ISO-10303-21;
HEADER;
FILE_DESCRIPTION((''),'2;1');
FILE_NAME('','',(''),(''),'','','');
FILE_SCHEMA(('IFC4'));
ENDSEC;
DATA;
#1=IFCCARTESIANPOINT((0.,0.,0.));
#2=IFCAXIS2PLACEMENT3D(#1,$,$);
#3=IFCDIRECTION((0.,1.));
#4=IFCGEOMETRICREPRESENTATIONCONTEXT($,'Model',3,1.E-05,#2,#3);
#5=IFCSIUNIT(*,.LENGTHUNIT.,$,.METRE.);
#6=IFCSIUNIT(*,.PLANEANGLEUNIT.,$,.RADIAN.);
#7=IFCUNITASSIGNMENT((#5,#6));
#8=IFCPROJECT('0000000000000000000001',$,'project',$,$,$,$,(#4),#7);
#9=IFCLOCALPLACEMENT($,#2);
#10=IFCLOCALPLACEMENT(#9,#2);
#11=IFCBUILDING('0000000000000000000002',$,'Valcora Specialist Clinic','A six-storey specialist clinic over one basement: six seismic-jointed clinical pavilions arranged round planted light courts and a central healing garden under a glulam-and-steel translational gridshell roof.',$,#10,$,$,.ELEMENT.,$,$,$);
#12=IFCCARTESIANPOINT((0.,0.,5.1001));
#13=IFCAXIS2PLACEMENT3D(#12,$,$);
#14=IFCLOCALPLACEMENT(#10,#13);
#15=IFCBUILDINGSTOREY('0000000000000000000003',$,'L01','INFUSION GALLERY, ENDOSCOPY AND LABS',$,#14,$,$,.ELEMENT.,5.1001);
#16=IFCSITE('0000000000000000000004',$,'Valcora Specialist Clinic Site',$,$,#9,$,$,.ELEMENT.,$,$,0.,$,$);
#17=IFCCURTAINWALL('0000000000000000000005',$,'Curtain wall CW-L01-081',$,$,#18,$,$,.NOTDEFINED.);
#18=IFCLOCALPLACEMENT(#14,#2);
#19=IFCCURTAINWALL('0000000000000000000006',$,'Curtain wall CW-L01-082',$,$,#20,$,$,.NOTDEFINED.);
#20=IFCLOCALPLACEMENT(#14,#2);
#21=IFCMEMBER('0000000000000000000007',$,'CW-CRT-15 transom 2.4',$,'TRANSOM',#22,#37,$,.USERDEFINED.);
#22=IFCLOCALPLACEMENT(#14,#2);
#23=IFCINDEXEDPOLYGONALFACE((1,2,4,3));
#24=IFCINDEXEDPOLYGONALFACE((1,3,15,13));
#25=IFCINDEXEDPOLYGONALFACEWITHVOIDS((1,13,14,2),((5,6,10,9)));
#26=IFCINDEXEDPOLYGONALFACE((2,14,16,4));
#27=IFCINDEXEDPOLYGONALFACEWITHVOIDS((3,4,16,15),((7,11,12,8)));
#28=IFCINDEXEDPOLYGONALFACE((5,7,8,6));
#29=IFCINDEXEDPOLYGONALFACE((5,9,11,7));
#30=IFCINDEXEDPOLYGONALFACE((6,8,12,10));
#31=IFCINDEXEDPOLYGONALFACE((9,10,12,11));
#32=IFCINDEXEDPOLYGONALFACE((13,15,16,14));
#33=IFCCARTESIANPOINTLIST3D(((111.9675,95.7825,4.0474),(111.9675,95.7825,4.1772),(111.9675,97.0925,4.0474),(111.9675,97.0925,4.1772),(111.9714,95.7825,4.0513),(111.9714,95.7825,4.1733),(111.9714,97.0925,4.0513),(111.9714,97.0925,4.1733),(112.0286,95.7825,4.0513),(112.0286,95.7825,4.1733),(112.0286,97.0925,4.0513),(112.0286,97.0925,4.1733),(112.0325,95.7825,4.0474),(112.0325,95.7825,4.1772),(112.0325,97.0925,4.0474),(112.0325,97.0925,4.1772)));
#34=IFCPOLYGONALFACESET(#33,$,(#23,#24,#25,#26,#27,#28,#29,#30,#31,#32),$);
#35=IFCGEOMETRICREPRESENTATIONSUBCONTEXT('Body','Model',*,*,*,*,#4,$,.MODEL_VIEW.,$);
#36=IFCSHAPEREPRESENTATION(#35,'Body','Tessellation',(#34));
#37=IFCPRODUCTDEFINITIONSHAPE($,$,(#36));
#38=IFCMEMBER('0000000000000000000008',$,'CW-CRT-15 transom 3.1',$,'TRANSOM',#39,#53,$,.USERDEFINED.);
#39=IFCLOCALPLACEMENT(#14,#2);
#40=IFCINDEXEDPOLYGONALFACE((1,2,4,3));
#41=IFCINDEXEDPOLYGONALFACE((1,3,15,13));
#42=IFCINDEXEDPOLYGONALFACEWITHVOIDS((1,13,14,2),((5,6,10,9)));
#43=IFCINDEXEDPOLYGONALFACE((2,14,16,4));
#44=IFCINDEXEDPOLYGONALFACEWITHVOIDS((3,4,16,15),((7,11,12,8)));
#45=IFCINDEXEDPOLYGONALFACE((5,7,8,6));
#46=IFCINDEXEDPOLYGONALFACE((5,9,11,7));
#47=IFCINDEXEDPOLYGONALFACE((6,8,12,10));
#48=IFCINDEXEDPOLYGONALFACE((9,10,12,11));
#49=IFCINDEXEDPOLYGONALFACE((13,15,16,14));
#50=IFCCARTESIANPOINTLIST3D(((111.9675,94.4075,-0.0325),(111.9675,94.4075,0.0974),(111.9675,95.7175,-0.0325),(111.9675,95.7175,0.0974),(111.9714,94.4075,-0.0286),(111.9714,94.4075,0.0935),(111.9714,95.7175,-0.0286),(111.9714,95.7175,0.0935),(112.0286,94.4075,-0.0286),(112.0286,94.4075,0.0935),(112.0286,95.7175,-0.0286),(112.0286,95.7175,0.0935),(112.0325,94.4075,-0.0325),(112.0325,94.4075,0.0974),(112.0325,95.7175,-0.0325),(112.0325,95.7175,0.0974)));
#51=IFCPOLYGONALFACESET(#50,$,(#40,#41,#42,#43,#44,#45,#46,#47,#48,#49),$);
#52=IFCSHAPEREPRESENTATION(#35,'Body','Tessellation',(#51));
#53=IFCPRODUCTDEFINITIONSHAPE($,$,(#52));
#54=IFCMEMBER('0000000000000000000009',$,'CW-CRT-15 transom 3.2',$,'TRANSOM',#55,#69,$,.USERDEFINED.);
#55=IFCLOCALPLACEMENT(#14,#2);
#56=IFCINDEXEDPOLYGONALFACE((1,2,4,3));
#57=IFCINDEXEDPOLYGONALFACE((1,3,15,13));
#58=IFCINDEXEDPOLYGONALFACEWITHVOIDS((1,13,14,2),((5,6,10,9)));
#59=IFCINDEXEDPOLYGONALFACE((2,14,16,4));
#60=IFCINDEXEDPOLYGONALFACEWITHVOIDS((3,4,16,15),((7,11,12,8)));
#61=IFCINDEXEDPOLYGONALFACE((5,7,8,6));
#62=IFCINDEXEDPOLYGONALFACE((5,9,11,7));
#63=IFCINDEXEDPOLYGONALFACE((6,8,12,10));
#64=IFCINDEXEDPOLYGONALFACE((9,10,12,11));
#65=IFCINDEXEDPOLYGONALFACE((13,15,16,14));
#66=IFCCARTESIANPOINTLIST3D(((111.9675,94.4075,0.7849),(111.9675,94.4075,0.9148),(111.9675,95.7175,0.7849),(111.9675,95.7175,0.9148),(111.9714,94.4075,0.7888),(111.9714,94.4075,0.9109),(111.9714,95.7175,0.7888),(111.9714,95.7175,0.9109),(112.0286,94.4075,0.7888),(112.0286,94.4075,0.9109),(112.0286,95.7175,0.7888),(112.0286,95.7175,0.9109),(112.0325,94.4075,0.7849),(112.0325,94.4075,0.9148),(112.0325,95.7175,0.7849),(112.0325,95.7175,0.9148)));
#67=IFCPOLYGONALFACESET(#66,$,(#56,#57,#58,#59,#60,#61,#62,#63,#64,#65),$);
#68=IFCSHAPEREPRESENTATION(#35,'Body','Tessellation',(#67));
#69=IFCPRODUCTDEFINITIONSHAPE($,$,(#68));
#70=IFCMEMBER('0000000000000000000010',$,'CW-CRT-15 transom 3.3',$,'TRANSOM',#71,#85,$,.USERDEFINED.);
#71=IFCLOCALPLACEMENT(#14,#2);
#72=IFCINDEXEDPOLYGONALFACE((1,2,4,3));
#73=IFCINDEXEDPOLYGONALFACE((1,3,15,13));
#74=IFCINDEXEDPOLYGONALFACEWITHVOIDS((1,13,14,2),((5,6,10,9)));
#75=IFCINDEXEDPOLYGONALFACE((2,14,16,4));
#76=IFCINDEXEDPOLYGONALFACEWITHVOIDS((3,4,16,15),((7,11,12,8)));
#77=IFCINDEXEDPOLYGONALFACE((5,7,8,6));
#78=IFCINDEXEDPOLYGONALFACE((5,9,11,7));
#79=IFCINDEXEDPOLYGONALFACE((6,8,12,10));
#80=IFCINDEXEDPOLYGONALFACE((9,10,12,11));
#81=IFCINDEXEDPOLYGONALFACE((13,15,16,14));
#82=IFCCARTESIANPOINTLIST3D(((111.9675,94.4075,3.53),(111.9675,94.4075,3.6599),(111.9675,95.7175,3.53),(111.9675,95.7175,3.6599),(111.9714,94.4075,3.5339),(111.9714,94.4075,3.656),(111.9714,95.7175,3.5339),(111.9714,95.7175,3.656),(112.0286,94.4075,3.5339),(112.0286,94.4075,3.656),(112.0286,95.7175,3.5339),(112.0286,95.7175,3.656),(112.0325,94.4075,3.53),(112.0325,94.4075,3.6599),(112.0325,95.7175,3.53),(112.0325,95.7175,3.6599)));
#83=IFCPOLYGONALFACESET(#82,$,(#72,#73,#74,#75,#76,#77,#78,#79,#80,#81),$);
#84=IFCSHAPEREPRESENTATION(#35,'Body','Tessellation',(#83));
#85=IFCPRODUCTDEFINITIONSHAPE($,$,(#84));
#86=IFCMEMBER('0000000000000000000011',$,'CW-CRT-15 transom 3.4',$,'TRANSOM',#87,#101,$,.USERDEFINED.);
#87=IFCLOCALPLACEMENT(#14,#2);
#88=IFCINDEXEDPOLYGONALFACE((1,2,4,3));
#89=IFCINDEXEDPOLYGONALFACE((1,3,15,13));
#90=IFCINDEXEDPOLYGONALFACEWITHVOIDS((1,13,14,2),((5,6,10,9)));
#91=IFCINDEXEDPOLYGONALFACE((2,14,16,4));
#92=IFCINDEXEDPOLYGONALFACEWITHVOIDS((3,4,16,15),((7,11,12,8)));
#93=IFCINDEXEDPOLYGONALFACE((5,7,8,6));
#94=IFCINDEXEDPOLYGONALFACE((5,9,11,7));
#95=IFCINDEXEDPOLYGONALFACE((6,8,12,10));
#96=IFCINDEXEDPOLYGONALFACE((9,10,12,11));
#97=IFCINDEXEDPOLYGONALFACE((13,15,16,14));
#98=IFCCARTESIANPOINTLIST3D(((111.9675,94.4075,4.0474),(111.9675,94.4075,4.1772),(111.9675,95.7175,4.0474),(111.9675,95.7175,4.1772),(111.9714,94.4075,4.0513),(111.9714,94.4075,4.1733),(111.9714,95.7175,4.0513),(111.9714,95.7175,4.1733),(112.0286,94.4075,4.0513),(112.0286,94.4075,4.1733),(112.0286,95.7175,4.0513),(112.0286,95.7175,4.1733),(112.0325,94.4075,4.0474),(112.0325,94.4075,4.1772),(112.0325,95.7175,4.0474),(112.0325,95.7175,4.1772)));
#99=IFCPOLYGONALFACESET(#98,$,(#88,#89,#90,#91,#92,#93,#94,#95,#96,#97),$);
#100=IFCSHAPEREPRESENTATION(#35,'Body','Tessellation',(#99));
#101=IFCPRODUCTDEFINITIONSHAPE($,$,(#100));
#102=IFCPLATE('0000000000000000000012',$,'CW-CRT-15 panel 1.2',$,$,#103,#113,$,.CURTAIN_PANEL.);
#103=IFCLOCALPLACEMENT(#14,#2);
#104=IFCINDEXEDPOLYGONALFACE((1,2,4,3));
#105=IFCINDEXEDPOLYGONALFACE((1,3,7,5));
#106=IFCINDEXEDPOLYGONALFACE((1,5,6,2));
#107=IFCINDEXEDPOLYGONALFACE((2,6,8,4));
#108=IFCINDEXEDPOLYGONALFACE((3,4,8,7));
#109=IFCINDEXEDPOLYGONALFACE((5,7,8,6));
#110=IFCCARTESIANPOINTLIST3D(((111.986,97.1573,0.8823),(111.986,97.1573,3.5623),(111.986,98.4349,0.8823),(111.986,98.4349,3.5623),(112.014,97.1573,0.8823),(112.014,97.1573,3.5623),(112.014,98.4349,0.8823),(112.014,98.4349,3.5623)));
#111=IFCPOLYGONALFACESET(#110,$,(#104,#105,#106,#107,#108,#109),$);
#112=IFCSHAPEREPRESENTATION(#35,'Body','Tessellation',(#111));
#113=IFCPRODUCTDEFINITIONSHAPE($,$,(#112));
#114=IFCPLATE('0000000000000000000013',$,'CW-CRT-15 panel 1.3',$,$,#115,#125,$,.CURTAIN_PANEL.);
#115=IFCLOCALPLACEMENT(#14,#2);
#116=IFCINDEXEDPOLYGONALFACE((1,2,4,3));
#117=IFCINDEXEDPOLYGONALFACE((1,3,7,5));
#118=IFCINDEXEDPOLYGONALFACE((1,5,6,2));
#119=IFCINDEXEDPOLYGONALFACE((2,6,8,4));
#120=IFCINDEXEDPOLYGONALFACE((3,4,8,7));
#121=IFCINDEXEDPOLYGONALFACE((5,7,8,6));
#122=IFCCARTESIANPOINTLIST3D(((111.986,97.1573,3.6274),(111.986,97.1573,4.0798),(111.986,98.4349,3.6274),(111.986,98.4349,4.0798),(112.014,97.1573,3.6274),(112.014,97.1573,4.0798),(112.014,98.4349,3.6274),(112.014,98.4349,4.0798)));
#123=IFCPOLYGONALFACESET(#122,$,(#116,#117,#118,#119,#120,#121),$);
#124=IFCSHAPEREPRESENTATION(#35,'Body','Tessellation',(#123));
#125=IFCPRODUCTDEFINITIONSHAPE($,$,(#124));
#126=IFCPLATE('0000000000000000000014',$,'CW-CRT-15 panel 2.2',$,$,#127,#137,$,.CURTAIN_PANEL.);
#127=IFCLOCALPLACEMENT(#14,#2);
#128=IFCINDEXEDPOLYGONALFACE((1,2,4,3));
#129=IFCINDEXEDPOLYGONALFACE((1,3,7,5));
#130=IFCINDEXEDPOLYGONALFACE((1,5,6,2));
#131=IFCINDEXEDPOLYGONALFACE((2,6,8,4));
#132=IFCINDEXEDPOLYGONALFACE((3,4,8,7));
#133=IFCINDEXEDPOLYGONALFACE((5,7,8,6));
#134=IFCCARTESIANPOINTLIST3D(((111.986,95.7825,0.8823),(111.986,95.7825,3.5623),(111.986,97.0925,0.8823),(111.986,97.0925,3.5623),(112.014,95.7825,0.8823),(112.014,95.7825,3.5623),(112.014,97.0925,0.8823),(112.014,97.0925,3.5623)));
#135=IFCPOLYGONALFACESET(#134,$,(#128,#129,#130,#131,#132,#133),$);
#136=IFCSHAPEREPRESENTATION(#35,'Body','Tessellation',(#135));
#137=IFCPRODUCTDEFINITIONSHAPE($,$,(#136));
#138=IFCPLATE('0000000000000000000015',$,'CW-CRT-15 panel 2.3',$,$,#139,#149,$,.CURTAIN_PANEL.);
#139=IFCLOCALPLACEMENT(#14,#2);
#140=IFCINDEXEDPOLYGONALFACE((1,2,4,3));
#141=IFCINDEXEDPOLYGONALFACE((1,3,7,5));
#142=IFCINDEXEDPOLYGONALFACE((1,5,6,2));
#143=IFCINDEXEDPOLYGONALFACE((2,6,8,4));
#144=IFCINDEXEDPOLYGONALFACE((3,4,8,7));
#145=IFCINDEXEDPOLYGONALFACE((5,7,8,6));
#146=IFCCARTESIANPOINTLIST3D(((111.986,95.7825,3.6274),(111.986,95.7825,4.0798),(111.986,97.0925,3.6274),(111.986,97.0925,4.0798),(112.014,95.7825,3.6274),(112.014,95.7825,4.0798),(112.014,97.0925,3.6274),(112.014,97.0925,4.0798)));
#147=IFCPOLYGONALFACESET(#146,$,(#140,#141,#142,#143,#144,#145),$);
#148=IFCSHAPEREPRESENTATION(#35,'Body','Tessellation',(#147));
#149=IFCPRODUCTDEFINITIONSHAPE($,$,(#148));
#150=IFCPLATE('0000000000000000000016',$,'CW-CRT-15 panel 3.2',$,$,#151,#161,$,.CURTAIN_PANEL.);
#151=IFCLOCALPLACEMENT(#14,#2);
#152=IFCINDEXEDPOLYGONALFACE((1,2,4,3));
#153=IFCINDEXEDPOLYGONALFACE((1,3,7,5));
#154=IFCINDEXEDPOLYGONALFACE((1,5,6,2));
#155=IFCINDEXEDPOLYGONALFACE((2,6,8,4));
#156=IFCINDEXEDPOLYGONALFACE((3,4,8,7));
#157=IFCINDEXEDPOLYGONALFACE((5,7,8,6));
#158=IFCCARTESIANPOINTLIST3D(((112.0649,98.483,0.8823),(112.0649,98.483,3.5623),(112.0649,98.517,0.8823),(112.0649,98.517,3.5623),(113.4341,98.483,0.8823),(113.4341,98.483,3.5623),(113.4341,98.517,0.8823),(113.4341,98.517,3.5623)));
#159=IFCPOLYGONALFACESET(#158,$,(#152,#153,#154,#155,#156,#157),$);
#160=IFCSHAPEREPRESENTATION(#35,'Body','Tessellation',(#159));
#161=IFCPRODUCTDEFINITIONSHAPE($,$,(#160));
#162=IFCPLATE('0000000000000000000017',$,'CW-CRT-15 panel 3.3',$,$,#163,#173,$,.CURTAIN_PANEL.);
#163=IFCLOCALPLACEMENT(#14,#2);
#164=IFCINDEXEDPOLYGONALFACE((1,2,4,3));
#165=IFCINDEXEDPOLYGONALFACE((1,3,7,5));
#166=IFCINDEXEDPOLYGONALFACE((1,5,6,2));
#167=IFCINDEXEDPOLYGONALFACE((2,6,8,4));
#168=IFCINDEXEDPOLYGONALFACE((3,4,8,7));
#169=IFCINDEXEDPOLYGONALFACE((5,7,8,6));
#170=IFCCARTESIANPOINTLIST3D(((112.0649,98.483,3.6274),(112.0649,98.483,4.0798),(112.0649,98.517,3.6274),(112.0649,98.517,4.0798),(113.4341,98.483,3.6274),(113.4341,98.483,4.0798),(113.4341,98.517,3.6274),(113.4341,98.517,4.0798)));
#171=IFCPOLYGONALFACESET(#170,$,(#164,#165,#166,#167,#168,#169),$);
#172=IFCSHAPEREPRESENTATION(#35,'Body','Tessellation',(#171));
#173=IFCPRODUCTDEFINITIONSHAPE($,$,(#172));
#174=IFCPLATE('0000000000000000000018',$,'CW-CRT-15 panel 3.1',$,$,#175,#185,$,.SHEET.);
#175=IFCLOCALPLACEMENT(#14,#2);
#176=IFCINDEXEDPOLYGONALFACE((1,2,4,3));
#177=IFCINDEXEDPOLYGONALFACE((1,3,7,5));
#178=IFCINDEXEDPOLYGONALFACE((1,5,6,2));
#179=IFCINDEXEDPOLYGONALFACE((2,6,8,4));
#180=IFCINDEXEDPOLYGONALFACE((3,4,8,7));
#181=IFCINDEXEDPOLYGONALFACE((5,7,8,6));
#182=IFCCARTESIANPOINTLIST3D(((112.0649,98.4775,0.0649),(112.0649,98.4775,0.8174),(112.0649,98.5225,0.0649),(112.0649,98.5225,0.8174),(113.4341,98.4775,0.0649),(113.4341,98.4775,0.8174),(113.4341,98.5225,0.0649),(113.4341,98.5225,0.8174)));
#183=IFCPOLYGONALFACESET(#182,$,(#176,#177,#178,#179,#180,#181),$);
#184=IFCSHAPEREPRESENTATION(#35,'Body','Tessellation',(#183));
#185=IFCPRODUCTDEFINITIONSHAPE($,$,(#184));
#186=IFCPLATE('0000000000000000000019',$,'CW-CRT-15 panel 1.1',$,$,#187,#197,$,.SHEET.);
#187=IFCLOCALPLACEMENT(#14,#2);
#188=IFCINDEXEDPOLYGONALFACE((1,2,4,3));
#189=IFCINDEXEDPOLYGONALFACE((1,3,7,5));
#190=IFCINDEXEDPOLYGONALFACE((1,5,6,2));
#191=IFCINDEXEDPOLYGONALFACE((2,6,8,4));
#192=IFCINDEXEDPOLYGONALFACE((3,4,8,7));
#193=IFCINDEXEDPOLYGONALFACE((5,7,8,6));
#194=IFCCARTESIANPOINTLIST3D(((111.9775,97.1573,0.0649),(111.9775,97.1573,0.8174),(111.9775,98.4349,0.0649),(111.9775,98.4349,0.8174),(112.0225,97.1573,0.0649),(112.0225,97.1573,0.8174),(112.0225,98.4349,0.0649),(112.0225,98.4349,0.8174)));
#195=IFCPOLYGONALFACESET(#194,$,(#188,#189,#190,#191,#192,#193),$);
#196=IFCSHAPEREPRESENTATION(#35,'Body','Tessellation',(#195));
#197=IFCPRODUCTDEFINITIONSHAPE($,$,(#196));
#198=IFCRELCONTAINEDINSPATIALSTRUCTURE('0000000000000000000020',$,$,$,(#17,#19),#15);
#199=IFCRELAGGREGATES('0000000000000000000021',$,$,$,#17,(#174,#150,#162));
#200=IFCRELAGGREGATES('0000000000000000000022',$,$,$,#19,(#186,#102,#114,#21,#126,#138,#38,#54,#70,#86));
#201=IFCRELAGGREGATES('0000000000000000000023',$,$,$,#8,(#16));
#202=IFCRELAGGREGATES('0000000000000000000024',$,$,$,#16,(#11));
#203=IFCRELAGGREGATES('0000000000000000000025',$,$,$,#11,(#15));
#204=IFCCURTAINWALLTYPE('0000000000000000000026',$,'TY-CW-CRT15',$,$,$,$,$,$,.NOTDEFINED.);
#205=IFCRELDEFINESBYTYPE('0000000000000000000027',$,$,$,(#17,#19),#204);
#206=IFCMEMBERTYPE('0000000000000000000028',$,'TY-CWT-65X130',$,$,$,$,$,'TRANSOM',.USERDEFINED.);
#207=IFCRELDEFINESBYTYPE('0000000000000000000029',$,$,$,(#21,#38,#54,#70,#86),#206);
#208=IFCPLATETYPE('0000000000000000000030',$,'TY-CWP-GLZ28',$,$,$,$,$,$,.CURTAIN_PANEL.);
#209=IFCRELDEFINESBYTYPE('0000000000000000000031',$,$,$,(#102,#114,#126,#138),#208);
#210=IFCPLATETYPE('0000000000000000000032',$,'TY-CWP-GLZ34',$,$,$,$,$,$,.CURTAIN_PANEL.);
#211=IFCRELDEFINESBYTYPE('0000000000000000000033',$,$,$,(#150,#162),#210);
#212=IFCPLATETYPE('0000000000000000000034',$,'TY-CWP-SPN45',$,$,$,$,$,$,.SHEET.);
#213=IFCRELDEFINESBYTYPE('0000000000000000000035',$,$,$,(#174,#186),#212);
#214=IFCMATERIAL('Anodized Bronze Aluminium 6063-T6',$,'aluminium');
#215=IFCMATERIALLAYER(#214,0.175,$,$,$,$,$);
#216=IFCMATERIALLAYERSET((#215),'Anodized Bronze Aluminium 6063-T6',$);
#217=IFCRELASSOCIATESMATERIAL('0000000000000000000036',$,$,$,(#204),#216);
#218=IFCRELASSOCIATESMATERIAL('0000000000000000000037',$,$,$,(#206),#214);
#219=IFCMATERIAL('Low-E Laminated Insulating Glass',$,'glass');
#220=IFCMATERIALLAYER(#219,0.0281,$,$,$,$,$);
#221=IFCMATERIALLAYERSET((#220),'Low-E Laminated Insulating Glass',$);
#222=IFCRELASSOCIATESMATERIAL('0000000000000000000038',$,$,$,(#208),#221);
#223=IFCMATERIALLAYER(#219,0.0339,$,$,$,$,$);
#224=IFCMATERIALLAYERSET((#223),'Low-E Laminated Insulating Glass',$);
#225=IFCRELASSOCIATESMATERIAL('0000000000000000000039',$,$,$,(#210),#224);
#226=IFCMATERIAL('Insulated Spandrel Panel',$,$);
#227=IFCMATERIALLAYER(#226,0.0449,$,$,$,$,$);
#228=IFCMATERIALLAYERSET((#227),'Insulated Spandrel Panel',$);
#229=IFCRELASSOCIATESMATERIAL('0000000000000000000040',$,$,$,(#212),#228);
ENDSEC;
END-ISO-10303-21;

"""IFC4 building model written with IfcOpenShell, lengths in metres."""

from ifc_helpers import new_model, si_unit, direction, frame, origin, origin_2d, place, context, subcontext, project, spatial, rectangle, hollow_rectangle, extrude, material, layer, layer_set, material_profile, profile_set, type_object, element, aggregate, save


model = new_model("IFC4")

# Units and contexts
model_context = context("Model", 3, precision=1e-05, world=origin(), true_north=direction((0.0, 1.0)))
body_context = subcontext(model_context, "Body", "Model", "MODEL_VIEW")
ifc_project = project(units=[si_unit("LENGTHUNIT", "METRE"), si_unit("PLANEANGLEUNIT", "RADIAN")], contexts=[model_context])

# Site, building, storey
site_placement = place(None, origin())
site = spatial("IfcSite", under=ifc_project, at=site_placement, Name="Valcora Specialist Clinic Site", CompositionType="ELEMENT", RefElevation=0.0)
building_placement = place(site_placement, origin())
building = spatial("IfcBuilding", under=site, at=building_placement, Name="Valcora Specialist Clinic", Description="A six-storey specialist clinic over one basement: six seismic-jointed clinical pavilions arranged round planted light courts and a central healing garden under a glulam-and-steel translational gridshell roof.", CompositionType="ELEMENT")
storey_placement = place(building_placement, frame((0.0, 0.0, 5.1001)))
storey = spatial("IfcBuildingStorey", under=building, at=storey_placement, Name="L01", Description="INFUSION GALLERY, ENDOSCOPY AND LABS", CompositionType="ELEMENT", Elevation=5.1001)

# Curtain wall
ifc_material_1 = material(Name="Anodized Bronze Aluminium 6063-T6", Category="aluminium")
ifc_layer_1 = layer(ifc_material_1, 0.175)
ifc_layer_set_1 = layer_set([ifc_layer_1], Name="Anodized Bronze Aluminium 6063-T6")
curtain_wall_type = type_object("IfcCurtainWallType", Name="TY-CW-CRT15", PredefinedType="NOTDEFINED", material=ifc_layer_set_1)
curtain_wall_1_placement = place(storey_placement, origin())
curtain_wall_1 = element("IfcCurtainWall", 1, at=curtain_wall_1_placement, inside=storey, type_object=curtain_wall_type, Name="Curtain wall CW-L01-081", PredefinedType="NOTDEFINED")

# Curtain wall, members, plates
curtain_wall_2_placement = place(storey_placement, origin())
curtain_wall_2 = element("IfcCurtainWall", 2, at=curtain_wall_2_placement, inside=storey, type_object=curtain_wall_type, Name="Curtain wall CW-L01-082", PredefinedType="NOTDEFINED")
ifc_material_profile_1 = material_profile(ifc_material_1, hollow_rectangle(XDim=0.0649, YDim=0.1299, WallThickness=0.0039, at=origin_2d()), Name="AL-TRN-65X130")
ifc_profile_set_1 = profile_set([ifc_material_profile_1], Name="Anodized Bronze Aluminium 6063-T6")
member_type_1 = type_object("IfcMemberType", Name="TY-CWT-65X130", ElementType="TRANSOM", PredefinedType="USERDEFINED", material=ifc_profile_set_1)
member_1_placement = place(storey_placement, frame((112.0, 97.0925, 4.1123), z_axis=(0.0, -1.0, 0.0), x_axis=(1.0, 0.0, 0.0)))
member_1 = element("IfcMember", 3, at=member_1_placement, type_object=member_type_1, Name="CW-CRT-15 transom 2.4", ObjectType="TRANSOM", PredefinedType="USERDEFINED", context=body_context, shape_type="SweptSolid", body=[
    extrude(hollow_rectangle(XDim=0.0649, YDim=0.1299, WallThickness=0.0039, at=origin_2d()), origin(), (0.0, 0.0, 1.0), 1.3101),
])
member_2_placement = place(storey_placement, frame((112.0, 95.7175, 0.0325), z_axis=(0.0, -1.0, 0.0), x_axis=(1.0, 0.0, 0.0)))
member_2 = element("IfcMember", 4, at=member_2_placement, type_object=member_type_1, Name="CW-CRT-15 transom 3.1", ObjectType="TRANSOM", PredefinedType="USERDEFINED", context=body_context, shape_type="SweptSolid", body=[
    extrude(hollow_rectangle(XDim=0.0649, YDim=0.1299, WallThickness=0.0039, at=origin_2d()), origin(), (0.0, 0.0, 1.0), 1.3101),
])
member_3_placement = place(storey_placement, frame((112.0, 95.7175, 0.8499), z_axis=(0.0, -1.0, 0.0), x_axis=(1.0, 0.0, 0.0)))
member_3 = element("IfcMember", 5, at=member_3_placement, type_object=member_type_1, Name="CW-CRT-15 transom 3.2", ObjectType="TRANSOM", PredefinedType="USERDEFINED", context=body_context, shape_type="SweptSolid", body=[
    extrude(hollow_rectangle(XDim=0.0649, YDim=0.1299, WallThickness=0.0039, at=origin_2d()), origin(), (0.0, 0.0, 1.0), 1.3101),
])
member_4_placement = place(storey_placement, frame((112.0, 95.7175, 3.595), z_axis=(0.0, -1.0, 0.0), x_axis=(1.0, 0.0, 0.0)))
member_4 = element("IfcMember", 6, at=member_4_placement, type_object=member_type_1, Name="CW-CRT-15 transom 3.3", ObjectType="TRANSOM", PredefinedType="USERDEFINED", context=body_context, shape_type="SweptSolid", body=[
    extrude(hollow_rectangle(XDim=0.0649, YDim=0.1299, WallThickness=0.0039, at=origin_2d()), origin(), (0.0, 0.0, 1.0), 1.3101),
])
member_5_placement = place(storey_placement, frame((112.0, 95.7175, 4.1123), z_axis=(0.0, -1.0, 0.0), x_axis=(1.0, 0.0, 0.0)))
member_5 = element("IfcMember", 7, at=member_5_placement, type_object=member_type_1, Name="CW-CRT-15 transom 3.4", ObjectType="TRANSOM", PredefinedType="USERDEFINED", context=body_context, shape_type="SweptSolid", body=[
    extrude(hollow_rectangle(XDim=0.0649, YDim=0.1299, WallThickness=0.0039, at=origin_2d()), origin(), (0.0, 0.0, 1.0), 1.3101),
])
ifc_material_2 = material(Name="Low-E Laminated Insulating Glass", Category="glass")
ifc_layer_2 = layer(ifc_material_2, 0.0281)
ifc_layer_set_2 = layer_set([ifc_layer_2], Name="Low-E Laminated Insulating Glass")
plate_type_1 = type_object("IfcPlateType", Name="TY-CWP-GLZ28", PredefinedType="CURTAIN_PANEL", material=ifc_layer_set_2)
plate_1_placement = place(storey_placement, frame((112.0, 97.7961, 0.8823), z_axis=(0.0, 0.0, 1.0), x_axis=(0.0, -1.0, 0.0)))
plate_1 = element("IfcPlate", 8, at=plate_1_placement, type_object=plate_type_1, Name="CW-CRT-15 panel 1.2", PredefinedType="CURTAIN_PANEL", context=body_context, shape_type="SweptSolid", body=[
    extrude(rectangle(XDim=1.2776, YDim=0.0281, at=origin_2d()), origin(), (0.0, 0.0, 1.0), 2.6799),
])
plate_2_placement = place(storey_placement, frame((112.0, 97.7961, 3.6274), z_axis=(0.0, 0.0, 1.0), x_axis=(0.0, -1.0, 0.0)))
plate_2 = element("IfcPlate", 9, at=plate_2_placement, type_object=plate_type_1, Name="CW-CRT-15 panel 1.3", PredefinedType="CURTAIN_PANEL", context=body_context, shape_type="SweptSolid", body=[
    extrude(rectangle(XDim=1.2776, YDim=0.0281, at=origin_2d()), origin(), (0.0, 0.0, 1.0), 0.4524),
])
plate_3_placement = place(storey_placement, frame((112.0, 96.4375, 0.8823), z_axis=(0.0, 0.0, 1.0), x_axis=(0.0, -1.0, 0.0)))
plate_3 = element("IfcPlate", 10, at=plate_3_placement, type_object=plate_type_1, Name="CW-CRT-15 panel 2.2", PredefinedType="CURTAIN_PANEL", context=body_context, shape_type="SweptSolid", body=[
    extrude(rectangle(XDim=1.3101, YDim=0.0281, at=origin_2d()), origin(), (0.0, 0.0, 1.0), 2.6799),
])
plate_4_placement = place(storey_placement, frame((112.0, 96.4375, 3.6274), z_axis=(0.0, 0.0, 1.0), x_axis=(0.0, -1.0, 0.0)))
plate_4 = element("IfcPlate", 11, at=plate_4_placement, type_object=plate_type_1, Name="CW-CRT-15 panel 2.3", PredefinedType="CURTAIN_PANEL", context=body_context, shape_type="SweptSolid", body=[
    extrude(rectangle(XDim=1.3101, YDim=0.0281, at=origin_2d()), origin(), (0.0, 0.0, 1.0), 0.4524),
])

# Plates
ifc_layer_3 = layer(ifc_material_2, 0.0339)
ifc_layer_set_3 = layer_set([ifc_layer_3], Name="Low-E Laminated Insulating Glass")
plate_type_2 = type_object("IfcPlateType", Name="TY-CWP-GLZ34", PredefinedType="CURTAIN_PANEL", material=ifc_layer_set_3)
plate_5_placement = place(storey_placement, frame((112.7495, 98.5, 0.8823), z_axis=(0.0, 0.0, 1.0), x_axis=(-1.0, 0.0, 0.0)))
plate_5 = element("IfcPlate", 12, at=plate_5_placement, type_object=plate_type_2, Name="CW-CRT-15 panel 3.2", PredefinedType="CURTAIN_PANEL", context=body_context, shape_type="SweptSolid", body=[
    extrude(rectangle(XDim=1.3691, YDim=0.0339, at=origin_2d()), origin(), (0.0, 0.0, 1.0), 2.6799),
])
plate_6_placement = place(storey_placement, frame((112.7495, 98.5, 3.6274), z_axis=(0.0, 0.0, 1.0), x_axis=(-1.0, 0.0, 0.0)))
plate_6 = element("IfcPlate", 13, at=plate_6_placement, type_object=plate_type_2, Name="CW-CRT-15 panel 3.3", PredefinedType="CURTAIN_PANEL", context=body_context, shape_type="SweptSolid", body=[
    extrude(rectangle(XDim=1.3691, YDim=0.0339, at=origin_2d()), origin(), (0.0, 0.0, 1.0), 0.4524),
])
ifc_material_3 = material(Name="Insulated Spandrel Panel")
ifc_layer_4 = layer(ifc_material_3, 0.0449)
ifc_layer_set_4 = layer_set([ifc_layer_4], Name="Insulated Spandrel Panel")
plate_type_3 = type_object("IfcPlateType", Name="TY-CWP-SPN45", PredefinedType="SHEET", material=ifc_layer_set_4)
plate_7_placement = place(storey_placement, frame((112.7495, 98.5, 0.0649), z_axis=(0.0, 0.0, 1.0), x_axis=(-1.0, 0.0, 0.0)))
plate_7 = element("IfcPlate", 14, at=plate_7_placement, type_object=plate_type_3, Name="CW-CRT-15 panel 3.1", PredefinedType="SHEET", context=body_context, shape_type="SweptSolid", body=[
    extrude(rectangle(XDim=1.3691, YDim=0.0449, at=origin_2d()), origin(), (0.0, 0.0, 1.0), 0.7524),
])
aggregate(curtain_wall_1, [plate_7, plate_5, plate_6])
plate_8_placement = place(storey_placement, frame((112.0, 97.7961, 0.0649), z_axis=(0.0, 0.0, 1.0), x_axis=(0.0, -1.0, 0.0)))
plate_8 = element("IfcPlate", 15, at=plate_8_placement, type_object=plate_type_3, Name="CW-CRT-15 panel 1.1", PredefinedType="SHEET", context=body_context, shape_type="SweptSolid", body=[
    extrude(rectangle(XDim=1.2776, YDim=0.0449, at=origin_2d()), origin(), (0.0, 0.0, 1.0), 0.7524),
])
aggregate(curtain_wall_2, [plate_8, plate_1, plate_2, member_1, plate_3, plate_4, member_2, member_3, member_4, member_5])

save(model, "model.ifc")
